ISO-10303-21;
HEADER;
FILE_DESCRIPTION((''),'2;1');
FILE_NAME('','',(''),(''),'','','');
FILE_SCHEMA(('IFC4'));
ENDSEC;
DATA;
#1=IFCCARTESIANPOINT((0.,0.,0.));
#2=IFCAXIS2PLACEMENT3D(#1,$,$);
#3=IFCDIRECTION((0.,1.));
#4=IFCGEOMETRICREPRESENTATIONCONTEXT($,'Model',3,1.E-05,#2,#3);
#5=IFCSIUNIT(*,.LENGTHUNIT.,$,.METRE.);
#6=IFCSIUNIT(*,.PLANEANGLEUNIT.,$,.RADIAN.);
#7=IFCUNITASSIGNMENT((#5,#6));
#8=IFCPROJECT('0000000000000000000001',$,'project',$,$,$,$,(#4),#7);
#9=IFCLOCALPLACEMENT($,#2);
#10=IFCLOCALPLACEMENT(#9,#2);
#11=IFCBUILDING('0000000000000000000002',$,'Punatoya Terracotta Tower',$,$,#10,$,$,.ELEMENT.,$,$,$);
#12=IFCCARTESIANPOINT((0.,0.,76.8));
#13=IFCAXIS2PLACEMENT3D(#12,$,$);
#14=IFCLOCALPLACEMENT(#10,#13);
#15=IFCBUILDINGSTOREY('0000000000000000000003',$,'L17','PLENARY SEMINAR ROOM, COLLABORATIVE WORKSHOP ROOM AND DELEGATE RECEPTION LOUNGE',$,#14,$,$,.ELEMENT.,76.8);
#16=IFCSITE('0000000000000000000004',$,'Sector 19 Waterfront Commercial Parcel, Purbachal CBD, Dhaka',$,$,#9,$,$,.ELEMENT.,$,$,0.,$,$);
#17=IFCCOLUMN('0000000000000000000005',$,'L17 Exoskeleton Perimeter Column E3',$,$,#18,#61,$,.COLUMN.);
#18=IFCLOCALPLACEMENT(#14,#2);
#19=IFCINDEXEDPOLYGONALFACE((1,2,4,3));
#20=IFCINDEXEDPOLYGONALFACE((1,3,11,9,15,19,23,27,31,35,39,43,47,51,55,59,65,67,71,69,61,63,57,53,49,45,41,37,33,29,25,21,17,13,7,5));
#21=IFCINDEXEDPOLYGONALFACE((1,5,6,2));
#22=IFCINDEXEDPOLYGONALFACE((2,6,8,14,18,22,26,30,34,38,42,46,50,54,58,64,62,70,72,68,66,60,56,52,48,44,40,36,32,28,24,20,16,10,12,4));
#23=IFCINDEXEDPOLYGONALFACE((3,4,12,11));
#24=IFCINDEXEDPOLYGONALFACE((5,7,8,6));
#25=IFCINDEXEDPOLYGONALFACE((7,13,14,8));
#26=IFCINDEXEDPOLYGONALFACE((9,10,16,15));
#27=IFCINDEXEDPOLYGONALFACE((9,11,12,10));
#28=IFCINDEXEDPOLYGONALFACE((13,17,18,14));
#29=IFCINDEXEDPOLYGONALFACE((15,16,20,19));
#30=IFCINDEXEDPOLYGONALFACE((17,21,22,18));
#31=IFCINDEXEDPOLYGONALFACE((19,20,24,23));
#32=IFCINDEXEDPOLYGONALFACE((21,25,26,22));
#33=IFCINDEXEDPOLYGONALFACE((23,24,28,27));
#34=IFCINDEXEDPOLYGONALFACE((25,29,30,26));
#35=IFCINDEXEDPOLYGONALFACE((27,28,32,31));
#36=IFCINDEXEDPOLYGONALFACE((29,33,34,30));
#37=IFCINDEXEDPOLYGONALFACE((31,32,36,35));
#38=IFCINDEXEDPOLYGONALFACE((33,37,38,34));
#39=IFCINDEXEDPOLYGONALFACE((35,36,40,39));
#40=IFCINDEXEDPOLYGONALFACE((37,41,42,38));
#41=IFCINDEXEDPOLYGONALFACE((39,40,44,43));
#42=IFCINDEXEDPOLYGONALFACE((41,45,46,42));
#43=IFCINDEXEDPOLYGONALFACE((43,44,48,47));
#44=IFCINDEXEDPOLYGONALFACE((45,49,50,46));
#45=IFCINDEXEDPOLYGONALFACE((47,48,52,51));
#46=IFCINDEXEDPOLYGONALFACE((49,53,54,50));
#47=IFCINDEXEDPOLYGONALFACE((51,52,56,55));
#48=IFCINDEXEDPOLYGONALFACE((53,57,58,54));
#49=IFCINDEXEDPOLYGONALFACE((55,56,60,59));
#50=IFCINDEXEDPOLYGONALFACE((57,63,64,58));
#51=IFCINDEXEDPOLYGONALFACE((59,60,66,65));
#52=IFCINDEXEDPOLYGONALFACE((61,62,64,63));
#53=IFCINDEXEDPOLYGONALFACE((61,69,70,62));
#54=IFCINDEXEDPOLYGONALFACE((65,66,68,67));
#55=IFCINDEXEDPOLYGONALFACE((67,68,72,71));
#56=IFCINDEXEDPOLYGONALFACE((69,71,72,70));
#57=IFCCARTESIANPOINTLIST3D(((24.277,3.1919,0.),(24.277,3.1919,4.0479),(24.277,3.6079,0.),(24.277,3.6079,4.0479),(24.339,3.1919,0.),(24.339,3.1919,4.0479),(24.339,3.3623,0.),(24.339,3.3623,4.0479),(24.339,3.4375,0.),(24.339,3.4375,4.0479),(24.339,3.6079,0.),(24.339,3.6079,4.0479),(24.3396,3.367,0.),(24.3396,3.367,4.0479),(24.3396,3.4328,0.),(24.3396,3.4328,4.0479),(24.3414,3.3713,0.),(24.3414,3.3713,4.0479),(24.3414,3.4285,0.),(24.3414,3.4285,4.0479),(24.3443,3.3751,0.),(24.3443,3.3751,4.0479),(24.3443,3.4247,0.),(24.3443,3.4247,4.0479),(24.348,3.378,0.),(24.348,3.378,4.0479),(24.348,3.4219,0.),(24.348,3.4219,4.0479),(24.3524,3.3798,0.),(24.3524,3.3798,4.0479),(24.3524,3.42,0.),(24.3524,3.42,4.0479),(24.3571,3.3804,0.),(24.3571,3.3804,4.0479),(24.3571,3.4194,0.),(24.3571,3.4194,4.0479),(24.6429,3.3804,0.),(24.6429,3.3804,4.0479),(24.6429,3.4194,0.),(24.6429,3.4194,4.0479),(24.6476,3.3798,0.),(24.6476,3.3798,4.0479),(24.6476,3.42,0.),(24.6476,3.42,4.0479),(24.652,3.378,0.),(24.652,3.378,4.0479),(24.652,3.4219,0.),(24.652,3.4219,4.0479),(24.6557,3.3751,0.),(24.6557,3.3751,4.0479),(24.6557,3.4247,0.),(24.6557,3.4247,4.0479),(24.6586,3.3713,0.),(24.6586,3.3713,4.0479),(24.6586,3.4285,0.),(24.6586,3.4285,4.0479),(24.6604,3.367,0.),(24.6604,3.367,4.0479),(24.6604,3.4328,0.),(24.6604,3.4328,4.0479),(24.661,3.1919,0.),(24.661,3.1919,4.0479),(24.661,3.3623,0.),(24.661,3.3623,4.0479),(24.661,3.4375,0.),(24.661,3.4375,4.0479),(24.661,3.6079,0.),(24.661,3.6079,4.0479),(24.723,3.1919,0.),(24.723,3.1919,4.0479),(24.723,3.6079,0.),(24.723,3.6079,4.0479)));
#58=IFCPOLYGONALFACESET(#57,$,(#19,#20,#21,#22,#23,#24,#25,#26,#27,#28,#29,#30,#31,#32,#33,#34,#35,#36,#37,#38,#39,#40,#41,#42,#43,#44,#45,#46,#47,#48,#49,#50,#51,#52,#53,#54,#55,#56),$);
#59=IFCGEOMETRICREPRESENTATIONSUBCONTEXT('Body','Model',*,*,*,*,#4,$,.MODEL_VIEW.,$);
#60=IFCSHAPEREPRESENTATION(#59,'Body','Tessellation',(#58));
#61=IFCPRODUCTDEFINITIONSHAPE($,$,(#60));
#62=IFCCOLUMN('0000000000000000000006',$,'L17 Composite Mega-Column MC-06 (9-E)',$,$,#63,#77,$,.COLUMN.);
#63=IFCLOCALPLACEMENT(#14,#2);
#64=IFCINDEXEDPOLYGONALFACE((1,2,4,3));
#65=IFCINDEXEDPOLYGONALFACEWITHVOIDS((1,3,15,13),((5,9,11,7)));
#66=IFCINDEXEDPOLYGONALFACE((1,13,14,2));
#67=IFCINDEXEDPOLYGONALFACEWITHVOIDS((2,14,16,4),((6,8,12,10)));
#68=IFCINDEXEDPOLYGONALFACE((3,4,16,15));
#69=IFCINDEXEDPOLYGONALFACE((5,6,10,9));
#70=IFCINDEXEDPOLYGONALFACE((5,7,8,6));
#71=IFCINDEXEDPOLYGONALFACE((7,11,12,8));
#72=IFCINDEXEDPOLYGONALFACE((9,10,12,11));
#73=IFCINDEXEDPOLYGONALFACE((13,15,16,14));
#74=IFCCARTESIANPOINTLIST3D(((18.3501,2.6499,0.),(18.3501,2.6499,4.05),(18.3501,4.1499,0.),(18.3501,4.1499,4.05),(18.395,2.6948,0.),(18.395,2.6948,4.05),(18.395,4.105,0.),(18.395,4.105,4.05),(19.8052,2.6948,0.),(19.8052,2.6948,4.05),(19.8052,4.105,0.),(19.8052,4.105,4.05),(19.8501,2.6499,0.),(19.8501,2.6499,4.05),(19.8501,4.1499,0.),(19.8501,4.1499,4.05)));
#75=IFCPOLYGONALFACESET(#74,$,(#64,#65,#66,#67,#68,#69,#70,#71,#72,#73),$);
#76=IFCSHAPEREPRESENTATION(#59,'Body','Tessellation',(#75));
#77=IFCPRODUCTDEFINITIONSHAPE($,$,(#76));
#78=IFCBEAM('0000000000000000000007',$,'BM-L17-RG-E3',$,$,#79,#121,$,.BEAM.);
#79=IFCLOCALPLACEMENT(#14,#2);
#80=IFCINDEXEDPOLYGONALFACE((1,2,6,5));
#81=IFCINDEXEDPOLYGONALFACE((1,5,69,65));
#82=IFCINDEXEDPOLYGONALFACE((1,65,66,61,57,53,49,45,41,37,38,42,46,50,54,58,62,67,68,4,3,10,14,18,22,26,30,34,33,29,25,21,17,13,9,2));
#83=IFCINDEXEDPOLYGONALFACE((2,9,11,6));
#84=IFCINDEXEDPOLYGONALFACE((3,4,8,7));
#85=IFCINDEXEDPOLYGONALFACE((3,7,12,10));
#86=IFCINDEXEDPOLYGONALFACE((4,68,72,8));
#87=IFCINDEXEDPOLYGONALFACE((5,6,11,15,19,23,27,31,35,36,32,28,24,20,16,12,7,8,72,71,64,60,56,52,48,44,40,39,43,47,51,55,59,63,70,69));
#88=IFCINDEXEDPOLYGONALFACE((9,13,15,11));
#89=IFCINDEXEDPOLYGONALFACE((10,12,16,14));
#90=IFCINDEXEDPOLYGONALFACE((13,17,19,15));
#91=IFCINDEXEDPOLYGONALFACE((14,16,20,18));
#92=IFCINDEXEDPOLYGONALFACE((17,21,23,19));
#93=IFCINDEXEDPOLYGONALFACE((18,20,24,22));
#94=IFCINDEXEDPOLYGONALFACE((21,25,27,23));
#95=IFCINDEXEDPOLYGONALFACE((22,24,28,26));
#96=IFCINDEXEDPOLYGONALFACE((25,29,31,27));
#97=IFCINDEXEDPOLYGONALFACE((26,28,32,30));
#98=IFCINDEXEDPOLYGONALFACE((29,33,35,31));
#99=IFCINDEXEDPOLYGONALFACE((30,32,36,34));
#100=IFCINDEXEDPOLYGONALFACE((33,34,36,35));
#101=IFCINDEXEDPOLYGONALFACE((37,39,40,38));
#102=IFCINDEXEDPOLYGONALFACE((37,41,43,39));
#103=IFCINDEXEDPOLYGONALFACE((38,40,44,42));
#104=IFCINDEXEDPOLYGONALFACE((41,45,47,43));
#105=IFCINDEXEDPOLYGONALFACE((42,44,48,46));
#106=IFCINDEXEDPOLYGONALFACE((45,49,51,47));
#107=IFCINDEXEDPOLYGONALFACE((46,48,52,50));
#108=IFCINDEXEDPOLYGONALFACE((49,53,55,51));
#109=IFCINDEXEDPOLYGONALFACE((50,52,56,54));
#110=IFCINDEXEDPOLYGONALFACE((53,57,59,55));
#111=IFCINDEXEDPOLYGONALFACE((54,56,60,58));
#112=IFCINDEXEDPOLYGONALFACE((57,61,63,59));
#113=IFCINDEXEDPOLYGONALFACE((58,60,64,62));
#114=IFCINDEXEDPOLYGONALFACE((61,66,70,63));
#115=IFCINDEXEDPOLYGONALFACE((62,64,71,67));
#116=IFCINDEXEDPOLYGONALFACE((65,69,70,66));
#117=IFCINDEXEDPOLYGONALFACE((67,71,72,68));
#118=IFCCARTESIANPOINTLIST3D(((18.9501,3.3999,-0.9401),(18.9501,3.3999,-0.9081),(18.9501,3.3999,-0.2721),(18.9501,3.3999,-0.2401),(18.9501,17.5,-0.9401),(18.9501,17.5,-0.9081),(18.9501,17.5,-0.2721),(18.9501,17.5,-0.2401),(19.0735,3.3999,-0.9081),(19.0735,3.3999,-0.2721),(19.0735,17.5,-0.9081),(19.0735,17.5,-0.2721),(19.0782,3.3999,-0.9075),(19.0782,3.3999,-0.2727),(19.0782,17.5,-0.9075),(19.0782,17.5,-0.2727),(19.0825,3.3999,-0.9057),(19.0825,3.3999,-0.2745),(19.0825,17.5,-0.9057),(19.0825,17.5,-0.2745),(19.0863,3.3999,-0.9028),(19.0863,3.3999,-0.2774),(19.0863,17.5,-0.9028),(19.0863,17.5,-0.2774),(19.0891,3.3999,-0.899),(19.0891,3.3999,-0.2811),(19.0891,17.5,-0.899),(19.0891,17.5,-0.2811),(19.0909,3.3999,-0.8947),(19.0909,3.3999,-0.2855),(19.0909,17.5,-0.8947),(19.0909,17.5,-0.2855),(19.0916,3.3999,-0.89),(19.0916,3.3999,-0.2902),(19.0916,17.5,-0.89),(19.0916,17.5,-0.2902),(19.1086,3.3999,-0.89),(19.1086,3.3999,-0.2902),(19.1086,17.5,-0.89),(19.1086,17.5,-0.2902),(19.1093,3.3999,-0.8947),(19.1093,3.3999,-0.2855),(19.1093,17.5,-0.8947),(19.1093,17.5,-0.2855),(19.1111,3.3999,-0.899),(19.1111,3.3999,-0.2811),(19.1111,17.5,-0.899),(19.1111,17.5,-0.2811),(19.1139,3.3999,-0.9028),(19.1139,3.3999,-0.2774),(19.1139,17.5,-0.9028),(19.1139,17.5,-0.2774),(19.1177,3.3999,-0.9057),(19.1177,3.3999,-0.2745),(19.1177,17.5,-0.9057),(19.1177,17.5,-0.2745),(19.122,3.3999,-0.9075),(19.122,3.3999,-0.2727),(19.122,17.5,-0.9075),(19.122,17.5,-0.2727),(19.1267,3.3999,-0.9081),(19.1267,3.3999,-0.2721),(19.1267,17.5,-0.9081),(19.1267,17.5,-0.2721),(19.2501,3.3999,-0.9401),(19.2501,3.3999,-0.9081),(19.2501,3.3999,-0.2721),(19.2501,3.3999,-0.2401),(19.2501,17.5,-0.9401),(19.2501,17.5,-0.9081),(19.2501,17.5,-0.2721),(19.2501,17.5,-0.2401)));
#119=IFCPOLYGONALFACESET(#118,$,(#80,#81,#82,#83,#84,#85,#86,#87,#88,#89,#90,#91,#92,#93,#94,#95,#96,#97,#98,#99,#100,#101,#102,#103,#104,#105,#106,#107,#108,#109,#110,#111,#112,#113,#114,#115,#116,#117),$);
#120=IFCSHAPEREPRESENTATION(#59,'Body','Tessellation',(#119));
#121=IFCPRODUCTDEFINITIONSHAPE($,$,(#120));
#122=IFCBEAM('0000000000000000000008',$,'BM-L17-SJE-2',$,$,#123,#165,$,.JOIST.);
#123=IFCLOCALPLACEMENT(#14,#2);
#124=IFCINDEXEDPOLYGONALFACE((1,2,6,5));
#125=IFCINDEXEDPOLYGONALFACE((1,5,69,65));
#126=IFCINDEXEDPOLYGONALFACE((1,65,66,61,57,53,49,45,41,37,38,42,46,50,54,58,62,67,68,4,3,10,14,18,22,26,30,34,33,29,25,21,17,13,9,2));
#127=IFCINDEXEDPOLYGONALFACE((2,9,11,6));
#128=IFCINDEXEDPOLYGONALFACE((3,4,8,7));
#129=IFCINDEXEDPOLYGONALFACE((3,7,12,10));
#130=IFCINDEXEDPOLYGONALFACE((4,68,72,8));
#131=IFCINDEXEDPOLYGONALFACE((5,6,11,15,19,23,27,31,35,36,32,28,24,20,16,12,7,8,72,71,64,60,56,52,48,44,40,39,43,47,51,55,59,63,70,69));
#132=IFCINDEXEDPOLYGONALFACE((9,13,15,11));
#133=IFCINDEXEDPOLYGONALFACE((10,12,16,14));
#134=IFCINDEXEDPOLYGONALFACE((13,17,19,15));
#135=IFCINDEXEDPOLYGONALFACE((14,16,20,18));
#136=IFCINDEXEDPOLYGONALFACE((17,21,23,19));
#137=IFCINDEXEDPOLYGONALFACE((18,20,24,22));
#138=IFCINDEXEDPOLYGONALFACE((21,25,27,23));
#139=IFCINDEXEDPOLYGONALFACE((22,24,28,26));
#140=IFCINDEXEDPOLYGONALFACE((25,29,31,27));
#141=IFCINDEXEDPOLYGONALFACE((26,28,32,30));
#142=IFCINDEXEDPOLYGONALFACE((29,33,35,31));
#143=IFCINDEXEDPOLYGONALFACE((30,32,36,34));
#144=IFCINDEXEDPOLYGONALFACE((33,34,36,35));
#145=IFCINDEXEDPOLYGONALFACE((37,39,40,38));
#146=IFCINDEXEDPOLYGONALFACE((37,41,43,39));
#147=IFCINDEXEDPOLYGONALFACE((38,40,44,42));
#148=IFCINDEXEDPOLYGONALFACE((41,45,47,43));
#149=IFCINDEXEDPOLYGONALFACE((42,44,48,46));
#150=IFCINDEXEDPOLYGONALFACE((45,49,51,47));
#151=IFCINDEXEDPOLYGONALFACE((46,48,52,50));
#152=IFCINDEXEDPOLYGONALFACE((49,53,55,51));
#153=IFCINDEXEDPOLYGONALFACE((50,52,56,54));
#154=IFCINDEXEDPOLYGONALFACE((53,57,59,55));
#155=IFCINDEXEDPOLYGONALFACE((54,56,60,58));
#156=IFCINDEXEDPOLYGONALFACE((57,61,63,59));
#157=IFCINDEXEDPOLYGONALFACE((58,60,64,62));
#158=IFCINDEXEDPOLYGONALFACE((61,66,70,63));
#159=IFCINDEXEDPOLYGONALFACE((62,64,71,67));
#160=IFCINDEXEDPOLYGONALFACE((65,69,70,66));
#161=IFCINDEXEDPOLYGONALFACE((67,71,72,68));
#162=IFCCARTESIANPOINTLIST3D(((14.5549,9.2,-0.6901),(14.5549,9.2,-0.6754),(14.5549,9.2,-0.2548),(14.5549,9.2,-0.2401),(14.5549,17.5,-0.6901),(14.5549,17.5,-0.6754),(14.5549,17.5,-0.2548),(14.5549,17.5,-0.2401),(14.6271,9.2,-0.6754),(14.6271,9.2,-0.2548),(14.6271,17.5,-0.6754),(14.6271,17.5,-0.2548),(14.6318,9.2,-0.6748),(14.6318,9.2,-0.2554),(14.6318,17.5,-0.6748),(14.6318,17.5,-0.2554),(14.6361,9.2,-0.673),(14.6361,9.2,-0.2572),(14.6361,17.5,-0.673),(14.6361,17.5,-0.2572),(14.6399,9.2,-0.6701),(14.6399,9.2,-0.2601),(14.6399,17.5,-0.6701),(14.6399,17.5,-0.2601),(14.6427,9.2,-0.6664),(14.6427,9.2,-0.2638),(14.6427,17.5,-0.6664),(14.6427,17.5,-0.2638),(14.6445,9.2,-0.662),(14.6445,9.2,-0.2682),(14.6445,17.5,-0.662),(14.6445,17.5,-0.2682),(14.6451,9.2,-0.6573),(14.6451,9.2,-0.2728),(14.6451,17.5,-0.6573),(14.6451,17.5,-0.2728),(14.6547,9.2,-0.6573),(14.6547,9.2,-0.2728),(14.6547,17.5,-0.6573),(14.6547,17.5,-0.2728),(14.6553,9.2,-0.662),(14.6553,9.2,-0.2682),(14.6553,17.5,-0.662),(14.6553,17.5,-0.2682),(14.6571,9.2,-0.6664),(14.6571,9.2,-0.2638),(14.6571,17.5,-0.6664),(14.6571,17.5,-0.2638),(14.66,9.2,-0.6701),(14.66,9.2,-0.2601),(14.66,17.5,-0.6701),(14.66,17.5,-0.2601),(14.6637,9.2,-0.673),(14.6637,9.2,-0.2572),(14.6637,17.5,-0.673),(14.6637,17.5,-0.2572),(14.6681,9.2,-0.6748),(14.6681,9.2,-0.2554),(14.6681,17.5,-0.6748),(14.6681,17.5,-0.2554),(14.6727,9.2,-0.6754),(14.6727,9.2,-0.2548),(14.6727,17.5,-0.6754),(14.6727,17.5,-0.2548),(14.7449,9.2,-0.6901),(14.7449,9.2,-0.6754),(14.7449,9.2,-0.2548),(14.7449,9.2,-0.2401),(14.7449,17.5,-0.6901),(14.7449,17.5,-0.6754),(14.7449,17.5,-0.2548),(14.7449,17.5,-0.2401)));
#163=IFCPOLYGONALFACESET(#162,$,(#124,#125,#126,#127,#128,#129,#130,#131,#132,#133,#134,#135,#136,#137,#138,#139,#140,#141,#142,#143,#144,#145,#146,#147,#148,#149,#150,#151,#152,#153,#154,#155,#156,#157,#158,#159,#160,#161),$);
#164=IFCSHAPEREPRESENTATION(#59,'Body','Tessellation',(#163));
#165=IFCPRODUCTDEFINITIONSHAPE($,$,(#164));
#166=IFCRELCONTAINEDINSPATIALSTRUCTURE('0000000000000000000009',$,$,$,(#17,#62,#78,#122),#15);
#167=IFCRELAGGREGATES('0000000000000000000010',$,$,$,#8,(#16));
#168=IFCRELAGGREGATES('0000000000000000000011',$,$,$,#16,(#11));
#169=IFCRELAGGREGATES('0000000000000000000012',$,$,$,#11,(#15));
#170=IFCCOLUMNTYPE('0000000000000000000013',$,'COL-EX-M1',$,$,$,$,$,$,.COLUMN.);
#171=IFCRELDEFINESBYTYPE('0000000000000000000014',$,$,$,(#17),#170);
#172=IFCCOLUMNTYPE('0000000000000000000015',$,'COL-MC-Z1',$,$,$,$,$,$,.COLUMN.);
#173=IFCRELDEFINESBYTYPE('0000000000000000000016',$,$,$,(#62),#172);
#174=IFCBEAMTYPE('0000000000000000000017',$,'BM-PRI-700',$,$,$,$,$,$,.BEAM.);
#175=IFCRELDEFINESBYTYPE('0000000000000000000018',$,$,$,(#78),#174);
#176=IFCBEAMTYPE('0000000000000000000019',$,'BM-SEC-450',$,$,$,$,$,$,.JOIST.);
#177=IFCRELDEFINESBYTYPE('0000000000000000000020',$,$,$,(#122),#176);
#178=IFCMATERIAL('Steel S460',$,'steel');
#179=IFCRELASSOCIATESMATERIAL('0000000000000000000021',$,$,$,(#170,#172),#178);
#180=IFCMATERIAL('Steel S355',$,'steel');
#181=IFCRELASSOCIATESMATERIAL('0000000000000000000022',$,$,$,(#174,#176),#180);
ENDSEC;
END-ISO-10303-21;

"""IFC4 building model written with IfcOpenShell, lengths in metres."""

from ifc_helpers import new_model, si_unit, direction, frame, origin, origin_2d, place, context, subcontext, project, spatial, hollow_rectangle, i_section, extrude, material, material_profile, profile_set, type_object, element, save


model = new_model("IFC4")

# Units and contexts
model_context = context("Model", 3, precision=1e-05, world=origin(), true_north=direction((0.0, 1.0)))
body_context = subcontext(model_context, "Body", "Model", "MODEL_VIEW")
ifc_project = project(units=[si_unit("LENGTHUNIT", "METRE"), si_unit("PLANEANGLEUNIT", "RADIAN")], contexts=[model_context])

# Site, building, storey
site_placement = place(None, origin())
site = spatial("IfcSite", under=ifc_project, at=site_placement, Name="Sector 19 Waterfront Commercial Parcel, Purbachal CBD, Dhaka", CompositionType="ELEMENT", RefElevation=0.0)
building_placement = place(site_placement, origin())
building = spatial("IfcBuilding", under=site, at=building_placement, Name="Punatoya Terracotta Tower", CompositionType="ELEMENT")
storey_placement = place(building_placement, frame((0.0, 0.0, 76.8)))
storey = spatial("IfcBuildingStorey", under=building, at=storey_placement, Name="L17", Description="PLENARY SEMINAR ROOM, COLLABORATIVE WORKSHOP ROOM AND DELEGATE RECEPTION LOUNGE", CompositionType="ELEMENT", Elevation=76.8)

# Columns
ifc_material_1 = material(Name="Steel S460", Category="steel")
ifc_material_profile_1 = material_profile(ifc_material_1, i_section(OverallWidth=0.416, OverallDepth=0.446, WebThickness=0.0391, FlangeThickness=0.062, FilletRadius=0.0181, at=origin_2d()))
ifc_profile_set_1 = profile_set([ifc_material_profile_1], Name="Steel S460")
column_type_1 = type_object("IfcColumnType", Name="COL-EX-M1", PredefinedType="COLUMN", material=ifc_profile_set_1)
column_1_placement = place(storey_placement, frame((24.5, 3.3999, 0.0), z_axis=(0.0, 0.0, 1.0), x_axis=(0.0, 1.0, 0.0)))
element("IfcColumn", 1, at=column_1_placement, inside=storey, type_object=column_type_1, Name="L17 Exoskeleton Perimeter Column E3", PredefinedType="COLUMN", context=body_context, shape_type="SweptSolid", body=[
    extrude(i_section(OverallWidth=0.416, OverallDepth=0.446, WebThickness=0.0391, FlangeThickness=0.062, FilletRadius=0.0181, at=origin_2d()), origin(), (0.0, 0.0, 1.0), 4.0479),
])
ifc_material_profile_2 = material_profile(ifc_material_1, hollow_rectangle(XDim=1.5, YDim=1.5, WallThickness=0.0449, at=origin_2d()))
ifc_profile_set_2 = profile_set([ifc_material_profile_2], Name="Steel S460")
column_type_2 = type_object("IfcColumnType", Name="COL-MC-Z1", PredefinedType="COLUMN", material=ifc_profile_set_2)
column_2_placement = place(storey_placement, frame((19.1001, 3.3999, 0.0), z_axis=(0.0, 0.0, 1.0), x_axis=(1.0, 0.0, 0.0)))
element("IfcColumn", 2, at=column_2_placement, inside=storey, type_object=column_type_2, Name="L17 Composite Mega-Column MC-06 (9-E)", PredefinedType="COLUMN", context=body_context, shape_type="SweptSolid", body=[
    extrude(hollow_rectangle(XDim=1.5, YDim=1.5, WallThickness=0.0449, at=origin_2d()), origin(), (0.0, 0.0, 1.0), 4.05),
])

# Beams
ifc_material_2 = material(Name="Steel S355", Category="steel")
ifc_material_profile_3 = material_profile(ifc_material_2, i_section(OverallWidth=0.3, OverallDepth=0.7, WebThickness=0.0171, FlangeThickness=0.032, FilletRadius=0.0181, at=origin_2d()))
ifc_profile_set_3 = profile_set([ifc_material_profile_3], Name="Steel S355")
beam_type_1 = type_object("IfcBeamType", Name="BM-PRI-700", PredefinedType="BEAM", material=ifc_profile_set_3)
beam_1_placement = place(storey_placement, frame((19.1001, 3.3999, -0.5901), z_axis=(0.0, 1.0, 0.0), x_axis=(-1.0, 0.0, 0.0)))
element("IfcBeam", 3, at=beam_1_placement, inside=storey, type_object=beam_type_1, Name="BM-L17-RG-E3", PredefinedType="BEAM", context=body_context, shape_type="SweptSolid", body=[
    extrude(i_section(OverallWidth=0.3, OverallDepth=0.7, WebThickness=0.0171, FlangeThickness=0.032, FilletRadius=0.0181, at=origin_2d()), origin(), (0.0, 0.0, 1.0), 14.1001),
])
ifc_material_profile_4 = material_profile(ifc_material_2, i_section(OverallWidth=0.1899, OverallDepth=0.45, WebThickness=0.0095, FlangeThickness=0.0146, FilletRadius=0.0181, at=origin_2d()))
ifc_profile_set_4 = profile_set([ifc_material_profile_4], Name="Steel S355")
beam_type_2 = type_object("IfcBeamType", Name="BM-SEC-450", PredefinedType="JOIST", material=ifc_profile_set_4)
beam_2_placement = place(storey_placement, frame((14.6499, 9.2, -0.4651), z_axis=(0.0, 1.0, 0.0), x_axis=(-1.0, 0.0, 0.0)))
element("IfcBeam", 4, at=beam_2_placement, inside=storey, type_object=beam_type_2, Name="BM-L17-SJE-2", PredefinedType="JOIST", context=body_context, shape_type="SweptSolid", body=[
    extrude(i_section(OverallWidth=0.1899, OverallDepth=0.45, WebThickness=0.0095, FlangeThickness=0.0146, FilletRadius=0.0181, at=origin_2d()), origin(), (0.0, 0.0, 1.0), 8.3),
])

save(model, "model.ifc")
